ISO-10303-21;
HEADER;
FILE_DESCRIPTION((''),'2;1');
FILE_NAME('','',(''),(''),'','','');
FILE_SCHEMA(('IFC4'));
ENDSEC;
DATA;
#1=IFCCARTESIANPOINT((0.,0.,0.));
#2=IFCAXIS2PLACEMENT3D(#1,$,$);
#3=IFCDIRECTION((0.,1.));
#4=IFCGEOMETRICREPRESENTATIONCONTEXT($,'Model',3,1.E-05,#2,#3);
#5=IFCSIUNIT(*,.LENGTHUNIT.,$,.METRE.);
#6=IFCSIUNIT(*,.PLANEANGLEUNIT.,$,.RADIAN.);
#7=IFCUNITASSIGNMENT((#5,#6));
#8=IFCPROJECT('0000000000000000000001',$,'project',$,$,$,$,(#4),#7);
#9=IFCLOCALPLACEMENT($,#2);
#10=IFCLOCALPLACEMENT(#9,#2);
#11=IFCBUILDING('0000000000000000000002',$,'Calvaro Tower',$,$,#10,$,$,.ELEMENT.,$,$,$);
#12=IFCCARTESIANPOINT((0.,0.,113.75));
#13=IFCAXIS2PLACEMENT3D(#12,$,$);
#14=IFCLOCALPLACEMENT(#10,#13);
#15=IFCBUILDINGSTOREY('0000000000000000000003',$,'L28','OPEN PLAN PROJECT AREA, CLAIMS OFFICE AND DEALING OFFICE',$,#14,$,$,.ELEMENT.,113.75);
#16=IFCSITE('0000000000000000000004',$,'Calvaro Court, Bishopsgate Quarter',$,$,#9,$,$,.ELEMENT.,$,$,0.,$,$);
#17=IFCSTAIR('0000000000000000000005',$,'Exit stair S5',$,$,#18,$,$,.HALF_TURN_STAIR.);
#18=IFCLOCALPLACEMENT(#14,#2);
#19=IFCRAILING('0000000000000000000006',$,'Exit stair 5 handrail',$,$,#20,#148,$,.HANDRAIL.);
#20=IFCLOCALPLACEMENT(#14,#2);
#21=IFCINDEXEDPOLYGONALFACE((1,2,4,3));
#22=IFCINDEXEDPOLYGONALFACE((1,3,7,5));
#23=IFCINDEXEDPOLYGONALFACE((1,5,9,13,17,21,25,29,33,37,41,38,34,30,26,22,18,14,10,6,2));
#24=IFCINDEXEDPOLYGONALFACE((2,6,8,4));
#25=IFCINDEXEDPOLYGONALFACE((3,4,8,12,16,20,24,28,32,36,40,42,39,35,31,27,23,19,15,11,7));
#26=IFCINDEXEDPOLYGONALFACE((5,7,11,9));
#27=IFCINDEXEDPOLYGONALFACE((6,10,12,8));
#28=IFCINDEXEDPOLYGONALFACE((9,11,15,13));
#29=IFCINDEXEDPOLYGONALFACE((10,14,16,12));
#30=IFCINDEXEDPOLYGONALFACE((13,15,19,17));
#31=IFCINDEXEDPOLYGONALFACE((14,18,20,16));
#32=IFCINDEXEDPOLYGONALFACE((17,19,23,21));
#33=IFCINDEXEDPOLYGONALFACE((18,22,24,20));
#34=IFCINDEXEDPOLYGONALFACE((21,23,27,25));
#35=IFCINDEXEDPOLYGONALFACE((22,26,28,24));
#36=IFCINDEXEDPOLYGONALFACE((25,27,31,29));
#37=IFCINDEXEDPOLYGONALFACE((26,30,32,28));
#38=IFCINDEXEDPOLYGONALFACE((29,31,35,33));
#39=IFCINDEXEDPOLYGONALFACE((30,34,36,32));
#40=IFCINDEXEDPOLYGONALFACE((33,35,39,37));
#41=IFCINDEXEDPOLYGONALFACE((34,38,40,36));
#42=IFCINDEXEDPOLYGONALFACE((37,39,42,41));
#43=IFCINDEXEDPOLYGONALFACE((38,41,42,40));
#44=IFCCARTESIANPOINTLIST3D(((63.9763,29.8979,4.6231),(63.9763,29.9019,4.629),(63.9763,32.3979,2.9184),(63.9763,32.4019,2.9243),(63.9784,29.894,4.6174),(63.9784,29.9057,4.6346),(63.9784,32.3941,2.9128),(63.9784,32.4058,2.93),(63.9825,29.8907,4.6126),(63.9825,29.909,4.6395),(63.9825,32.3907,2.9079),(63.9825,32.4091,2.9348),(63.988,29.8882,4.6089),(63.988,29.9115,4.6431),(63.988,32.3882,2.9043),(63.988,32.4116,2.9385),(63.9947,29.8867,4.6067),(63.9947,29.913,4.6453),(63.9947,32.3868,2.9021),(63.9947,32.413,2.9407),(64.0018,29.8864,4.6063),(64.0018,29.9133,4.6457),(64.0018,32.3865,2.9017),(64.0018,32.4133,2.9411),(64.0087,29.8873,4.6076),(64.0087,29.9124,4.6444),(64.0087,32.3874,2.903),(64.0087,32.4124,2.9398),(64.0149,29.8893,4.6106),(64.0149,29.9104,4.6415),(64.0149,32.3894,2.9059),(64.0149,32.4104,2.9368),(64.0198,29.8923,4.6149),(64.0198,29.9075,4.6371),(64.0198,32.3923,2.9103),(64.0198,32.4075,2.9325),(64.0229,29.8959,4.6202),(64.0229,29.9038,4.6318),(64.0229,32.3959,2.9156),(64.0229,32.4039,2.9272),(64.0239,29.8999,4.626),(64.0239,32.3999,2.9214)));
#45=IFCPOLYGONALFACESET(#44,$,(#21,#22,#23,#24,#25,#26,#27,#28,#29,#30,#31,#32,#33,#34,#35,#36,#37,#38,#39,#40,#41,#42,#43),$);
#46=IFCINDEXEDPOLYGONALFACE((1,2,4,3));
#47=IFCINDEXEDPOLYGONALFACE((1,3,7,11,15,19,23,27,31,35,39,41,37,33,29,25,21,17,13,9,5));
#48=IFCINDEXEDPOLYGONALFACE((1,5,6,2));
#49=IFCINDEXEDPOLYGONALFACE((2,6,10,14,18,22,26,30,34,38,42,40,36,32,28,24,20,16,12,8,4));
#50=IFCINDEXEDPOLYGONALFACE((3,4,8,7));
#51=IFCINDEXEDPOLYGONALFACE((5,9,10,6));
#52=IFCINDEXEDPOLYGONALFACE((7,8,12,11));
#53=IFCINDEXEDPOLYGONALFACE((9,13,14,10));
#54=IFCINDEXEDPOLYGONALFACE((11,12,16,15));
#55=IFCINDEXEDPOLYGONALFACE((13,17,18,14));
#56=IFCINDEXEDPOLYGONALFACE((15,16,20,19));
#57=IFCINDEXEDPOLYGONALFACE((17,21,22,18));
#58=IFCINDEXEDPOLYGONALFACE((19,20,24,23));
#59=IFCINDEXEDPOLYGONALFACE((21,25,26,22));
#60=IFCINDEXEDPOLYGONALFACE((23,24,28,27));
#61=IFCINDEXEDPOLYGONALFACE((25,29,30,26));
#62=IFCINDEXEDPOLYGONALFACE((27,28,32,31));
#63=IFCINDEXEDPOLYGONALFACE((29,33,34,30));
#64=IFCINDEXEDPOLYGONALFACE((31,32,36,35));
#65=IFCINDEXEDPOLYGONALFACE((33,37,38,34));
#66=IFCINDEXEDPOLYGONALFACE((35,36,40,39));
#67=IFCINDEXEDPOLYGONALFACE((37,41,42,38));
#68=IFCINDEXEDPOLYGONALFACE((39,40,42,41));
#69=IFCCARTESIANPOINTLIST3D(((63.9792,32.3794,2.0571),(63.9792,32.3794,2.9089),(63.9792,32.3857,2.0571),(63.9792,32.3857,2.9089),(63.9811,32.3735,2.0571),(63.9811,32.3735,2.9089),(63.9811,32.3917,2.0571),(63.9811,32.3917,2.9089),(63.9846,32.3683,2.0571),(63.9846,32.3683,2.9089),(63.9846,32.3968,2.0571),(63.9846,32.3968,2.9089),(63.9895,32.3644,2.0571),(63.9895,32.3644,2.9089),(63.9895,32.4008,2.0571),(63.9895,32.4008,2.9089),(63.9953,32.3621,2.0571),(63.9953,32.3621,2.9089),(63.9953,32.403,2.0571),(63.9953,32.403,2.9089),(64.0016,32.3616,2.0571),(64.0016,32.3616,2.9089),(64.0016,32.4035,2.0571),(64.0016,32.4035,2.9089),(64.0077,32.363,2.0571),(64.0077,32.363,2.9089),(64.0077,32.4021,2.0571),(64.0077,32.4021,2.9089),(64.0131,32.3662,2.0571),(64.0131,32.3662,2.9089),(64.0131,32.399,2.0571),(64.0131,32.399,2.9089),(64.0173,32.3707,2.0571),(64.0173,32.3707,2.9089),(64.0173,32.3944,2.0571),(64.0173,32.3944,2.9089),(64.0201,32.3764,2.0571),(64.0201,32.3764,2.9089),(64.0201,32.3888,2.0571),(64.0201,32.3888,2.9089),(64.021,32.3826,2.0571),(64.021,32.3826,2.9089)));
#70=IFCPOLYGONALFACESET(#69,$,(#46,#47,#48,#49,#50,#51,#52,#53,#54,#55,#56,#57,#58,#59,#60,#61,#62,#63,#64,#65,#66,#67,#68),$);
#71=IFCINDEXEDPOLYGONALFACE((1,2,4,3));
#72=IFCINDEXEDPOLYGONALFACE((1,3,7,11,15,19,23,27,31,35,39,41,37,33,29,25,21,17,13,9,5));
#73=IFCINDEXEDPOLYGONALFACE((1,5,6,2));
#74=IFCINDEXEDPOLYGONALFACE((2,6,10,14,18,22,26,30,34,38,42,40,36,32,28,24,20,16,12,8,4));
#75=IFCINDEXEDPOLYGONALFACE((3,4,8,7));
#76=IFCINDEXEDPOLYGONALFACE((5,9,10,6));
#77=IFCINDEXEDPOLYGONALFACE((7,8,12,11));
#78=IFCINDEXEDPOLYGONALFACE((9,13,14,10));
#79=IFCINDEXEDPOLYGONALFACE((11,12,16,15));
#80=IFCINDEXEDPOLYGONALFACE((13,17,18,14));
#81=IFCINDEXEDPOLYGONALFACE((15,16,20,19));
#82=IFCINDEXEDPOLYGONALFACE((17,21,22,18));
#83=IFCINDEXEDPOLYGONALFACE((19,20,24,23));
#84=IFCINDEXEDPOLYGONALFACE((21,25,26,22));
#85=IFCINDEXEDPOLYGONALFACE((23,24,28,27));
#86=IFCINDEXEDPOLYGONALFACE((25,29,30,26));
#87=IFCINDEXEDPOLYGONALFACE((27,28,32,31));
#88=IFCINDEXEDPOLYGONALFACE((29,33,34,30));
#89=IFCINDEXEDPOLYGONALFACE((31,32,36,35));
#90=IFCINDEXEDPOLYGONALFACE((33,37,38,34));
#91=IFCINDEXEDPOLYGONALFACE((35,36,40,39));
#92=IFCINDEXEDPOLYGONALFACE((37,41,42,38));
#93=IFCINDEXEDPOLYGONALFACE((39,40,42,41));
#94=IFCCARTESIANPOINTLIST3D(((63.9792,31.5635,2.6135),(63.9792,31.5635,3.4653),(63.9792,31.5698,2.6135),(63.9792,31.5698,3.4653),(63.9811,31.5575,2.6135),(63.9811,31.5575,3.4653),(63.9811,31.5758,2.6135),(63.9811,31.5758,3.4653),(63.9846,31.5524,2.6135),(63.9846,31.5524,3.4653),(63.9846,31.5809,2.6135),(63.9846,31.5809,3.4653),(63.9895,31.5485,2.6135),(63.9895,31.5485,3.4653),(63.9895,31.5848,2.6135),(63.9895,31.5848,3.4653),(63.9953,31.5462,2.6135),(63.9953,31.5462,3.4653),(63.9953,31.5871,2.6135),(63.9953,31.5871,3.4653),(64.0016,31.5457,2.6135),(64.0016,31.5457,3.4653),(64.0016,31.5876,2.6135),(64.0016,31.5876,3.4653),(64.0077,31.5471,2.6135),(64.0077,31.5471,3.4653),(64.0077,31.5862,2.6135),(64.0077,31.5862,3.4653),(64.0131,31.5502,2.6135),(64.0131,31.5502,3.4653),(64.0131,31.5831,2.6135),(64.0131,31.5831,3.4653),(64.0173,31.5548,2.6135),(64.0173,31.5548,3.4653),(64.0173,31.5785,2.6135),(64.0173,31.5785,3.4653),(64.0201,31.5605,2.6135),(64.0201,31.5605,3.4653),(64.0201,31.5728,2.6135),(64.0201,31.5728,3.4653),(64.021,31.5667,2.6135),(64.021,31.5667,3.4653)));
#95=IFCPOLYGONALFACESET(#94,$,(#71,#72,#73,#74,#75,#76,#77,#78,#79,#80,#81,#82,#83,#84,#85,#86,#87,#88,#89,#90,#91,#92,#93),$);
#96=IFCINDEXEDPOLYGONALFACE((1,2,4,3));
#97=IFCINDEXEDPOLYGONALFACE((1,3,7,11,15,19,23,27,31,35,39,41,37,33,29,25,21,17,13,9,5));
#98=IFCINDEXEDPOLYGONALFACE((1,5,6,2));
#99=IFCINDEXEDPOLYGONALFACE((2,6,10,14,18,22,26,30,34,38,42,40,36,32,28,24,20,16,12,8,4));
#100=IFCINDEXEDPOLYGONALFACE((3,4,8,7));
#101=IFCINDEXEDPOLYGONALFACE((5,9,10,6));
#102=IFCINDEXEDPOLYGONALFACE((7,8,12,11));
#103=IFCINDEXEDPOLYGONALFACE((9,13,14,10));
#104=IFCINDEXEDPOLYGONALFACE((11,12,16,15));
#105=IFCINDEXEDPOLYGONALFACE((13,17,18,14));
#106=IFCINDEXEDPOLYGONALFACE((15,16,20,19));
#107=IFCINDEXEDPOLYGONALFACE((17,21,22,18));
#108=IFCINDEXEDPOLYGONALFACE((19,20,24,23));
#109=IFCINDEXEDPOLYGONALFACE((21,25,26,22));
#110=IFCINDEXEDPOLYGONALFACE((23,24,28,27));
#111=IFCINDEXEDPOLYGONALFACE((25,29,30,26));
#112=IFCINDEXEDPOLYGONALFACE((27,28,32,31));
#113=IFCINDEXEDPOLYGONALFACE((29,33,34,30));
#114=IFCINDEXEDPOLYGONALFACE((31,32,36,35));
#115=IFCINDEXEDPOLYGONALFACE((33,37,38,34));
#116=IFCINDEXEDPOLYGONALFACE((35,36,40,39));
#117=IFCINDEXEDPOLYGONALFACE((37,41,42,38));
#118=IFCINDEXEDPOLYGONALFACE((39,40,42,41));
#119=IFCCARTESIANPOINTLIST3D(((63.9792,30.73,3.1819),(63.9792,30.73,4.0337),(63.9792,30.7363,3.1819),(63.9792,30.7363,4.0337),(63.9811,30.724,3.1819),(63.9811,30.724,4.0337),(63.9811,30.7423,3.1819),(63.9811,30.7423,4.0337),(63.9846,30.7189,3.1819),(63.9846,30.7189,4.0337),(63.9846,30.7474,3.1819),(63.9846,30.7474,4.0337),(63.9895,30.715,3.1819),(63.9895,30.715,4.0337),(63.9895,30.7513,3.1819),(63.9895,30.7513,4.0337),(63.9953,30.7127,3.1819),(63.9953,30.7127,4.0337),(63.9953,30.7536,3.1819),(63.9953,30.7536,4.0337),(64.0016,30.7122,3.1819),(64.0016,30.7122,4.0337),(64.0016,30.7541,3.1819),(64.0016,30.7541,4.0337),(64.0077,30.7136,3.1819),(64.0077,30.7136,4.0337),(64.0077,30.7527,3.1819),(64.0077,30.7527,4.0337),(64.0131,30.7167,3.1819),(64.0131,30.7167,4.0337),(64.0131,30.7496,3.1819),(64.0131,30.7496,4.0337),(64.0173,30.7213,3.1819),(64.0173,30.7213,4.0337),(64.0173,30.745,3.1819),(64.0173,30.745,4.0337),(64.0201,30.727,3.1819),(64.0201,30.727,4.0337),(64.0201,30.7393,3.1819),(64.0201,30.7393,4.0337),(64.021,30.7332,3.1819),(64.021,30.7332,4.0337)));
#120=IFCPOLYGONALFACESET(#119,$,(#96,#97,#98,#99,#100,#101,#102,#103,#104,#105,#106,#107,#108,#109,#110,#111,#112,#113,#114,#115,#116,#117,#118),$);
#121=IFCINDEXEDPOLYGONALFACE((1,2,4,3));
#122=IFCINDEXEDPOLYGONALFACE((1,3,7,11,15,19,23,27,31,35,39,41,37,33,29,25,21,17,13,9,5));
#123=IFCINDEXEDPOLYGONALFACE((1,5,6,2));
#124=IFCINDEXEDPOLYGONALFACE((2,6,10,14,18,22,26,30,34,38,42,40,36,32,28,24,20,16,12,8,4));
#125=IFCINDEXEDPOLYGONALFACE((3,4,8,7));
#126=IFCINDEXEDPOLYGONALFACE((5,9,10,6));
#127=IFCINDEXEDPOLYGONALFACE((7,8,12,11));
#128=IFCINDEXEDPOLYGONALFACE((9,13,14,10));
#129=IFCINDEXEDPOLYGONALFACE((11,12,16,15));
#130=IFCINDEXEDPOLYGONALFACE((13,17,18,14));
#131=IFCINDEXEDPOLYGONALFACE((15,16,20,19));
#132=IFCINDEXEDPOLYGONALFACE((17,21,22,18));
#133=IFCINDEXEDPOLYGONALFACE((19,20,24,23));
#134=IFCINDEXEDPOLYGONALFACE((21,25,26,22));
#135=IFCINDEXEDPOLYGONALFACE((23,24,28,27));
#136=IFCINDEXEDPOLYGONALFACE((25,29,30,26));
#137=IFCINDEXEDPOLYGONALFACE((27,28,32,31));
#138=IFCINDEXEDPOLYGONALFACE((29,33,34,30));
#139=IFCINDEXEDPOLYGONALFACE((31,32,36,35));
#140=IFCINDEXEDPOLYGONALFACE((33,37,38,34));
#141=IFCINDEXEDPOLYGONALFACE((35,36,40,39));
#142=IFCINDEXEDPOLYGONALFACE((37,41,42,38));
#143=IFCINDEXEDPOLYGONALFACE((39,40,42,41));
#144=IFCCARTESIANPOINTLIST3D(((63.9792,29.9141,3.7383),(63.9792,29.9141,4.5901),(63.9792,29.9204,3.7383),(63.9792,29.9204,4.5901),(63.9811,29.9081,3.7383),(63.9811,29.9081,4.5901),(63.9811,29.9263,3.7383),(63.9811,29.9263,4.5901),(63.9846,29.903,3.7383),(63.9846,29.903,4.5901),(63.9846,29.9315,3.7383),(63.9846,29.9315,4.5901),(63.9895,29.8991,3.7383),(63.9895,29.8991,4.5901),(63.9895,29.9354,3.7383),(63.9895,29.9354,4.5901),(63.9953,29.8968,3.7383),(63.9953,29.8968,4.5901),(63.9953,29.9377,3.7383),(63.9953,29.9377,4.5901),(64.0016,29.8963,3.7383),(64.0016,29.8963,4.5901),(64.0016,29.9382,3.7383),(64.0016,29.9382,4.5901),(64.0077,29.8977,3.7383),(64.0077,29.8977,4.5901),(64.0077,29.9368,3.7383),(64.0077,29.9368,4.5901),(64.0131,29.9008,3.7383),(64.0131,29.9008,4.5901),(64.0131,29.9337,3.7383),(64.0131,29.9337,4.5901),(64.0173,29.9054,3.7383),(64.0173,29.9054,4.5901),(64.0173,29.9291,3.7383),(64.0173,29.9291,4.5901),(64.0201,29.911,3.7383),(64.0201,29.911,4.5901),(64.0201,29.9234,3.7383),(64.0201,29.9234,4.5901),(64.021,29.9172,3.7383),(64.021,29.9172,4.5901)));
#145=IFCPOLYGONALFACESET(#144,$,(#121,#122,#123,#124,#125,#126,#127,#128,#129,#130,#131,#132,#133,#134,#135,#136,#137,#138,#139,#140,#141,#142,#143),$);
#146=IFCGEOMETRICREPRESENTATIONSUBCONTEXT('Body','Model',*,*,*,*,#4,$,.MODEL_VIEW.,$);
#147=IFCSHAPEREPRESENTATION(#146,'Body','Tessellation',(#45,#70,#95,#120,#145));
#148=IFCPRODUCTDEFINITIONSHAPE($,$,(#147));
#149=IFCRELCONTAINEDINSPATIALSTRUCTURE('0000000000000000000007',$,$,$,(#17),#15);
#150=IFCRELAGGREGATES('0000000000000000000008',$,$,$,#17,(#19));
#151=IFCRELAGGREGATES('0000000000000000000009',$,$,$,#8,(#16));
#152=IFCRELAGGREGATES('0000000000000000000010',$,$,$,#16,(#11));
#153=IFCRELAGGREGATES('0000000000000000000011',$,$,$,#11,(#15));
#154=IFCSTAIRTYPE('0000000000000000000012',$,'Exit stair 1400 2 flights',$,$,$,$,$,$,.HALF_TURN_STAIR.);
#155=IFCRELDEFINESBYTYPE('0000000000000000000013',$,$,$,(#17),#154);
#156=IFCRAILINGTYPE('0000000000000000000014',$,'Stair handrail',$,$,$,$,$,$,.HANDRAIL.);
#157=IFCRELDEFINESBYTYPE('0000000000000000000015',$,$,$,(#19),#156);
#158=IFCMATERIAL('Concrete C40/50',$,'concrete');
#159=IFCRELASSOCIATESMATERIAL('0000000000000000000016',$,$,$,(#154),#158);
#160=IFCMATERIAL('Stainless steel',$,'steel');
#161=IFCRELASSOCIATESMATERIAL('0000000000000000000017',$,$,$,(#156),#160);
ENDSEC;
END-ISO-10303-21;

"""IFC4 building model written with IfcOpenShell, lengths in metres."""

from ifc_helpers import new_model, si_unit, direction, frame, origin, origin_2d, place, context, subcontext, project, spatial, circle, extrude, material, type_object, element, aggregate, save


model = new_model("IFC4")

# Units and contexts
model_context = context("Model", 3, precision=1e-05, world=origin(), true_north=direction((0.0, 1.0)))
body_context = subcontext(model_context, "Body", "Model", "MODEL_VIEW")
ifc_project = project(units=[si_unit("LENGTHUNIT", "METRE"), si_unit("PLANEANGLEUNIT", "RADIAN")], contexts=[model_context])

# Site, building, storey
site_placement = place(None, origin())
site = spatial("IfcSite", under=ifc_project, at=site_placement, Name="Calvaro Court, Bishopsgate Quarter", CompositionType="ELEMENT", RefElevation=0.0)
building_placement = place(site_placement, origin())
building = spatial("IfcBuilding", under=site, at=building_placement, Name="Calvaro Tower", CompositionType="ELEMENT")
storey_placement = place(building_placement, frame((0.0, 0.0, 113.75)))
storey = spatial("IfcBuildingStorey", under=building, at=storey_placement, Name="L28", Description="OPEN PLAN PROJECT AREA, CLAIMS OFFICE AND DEALING OFFICE", CompositionType="ELEMENT", Elevation=113.75)

# Stair
ifc_material_1 = material(Name="Concrete C40/50", Category="concrete")
stair_type = type_object("IfcStairType", Name="Exit stair 1400 2 flights", PredefinedType="HALF_TURN_STAIR", material=ifc_material_1)
stair_1_placement = place(storey_placement, origin())
stair_1 = element("IfcStair", 1, at=stair_1_placement, inside=storey, type_object=stair_type, Name="Exit stair S5", PredefinedType="HALF_TURN_STAIR")

# Shared definitions
ifc_material_2 = material(Name="Stainless steel", Category="steel")
railing_type = type_object("IfcRailingType", Name="Stair handrail", PredefinedType="HANDRAIL", material=ifc_material_2)

# Railing
railing_1_placement = place(storey_placement, frame((64.0, 32.3999, 2.0454)))
railing_1 = element("IfcRailing", 2, at=railing_1_placement, type_object=railing_type, Name="Exit stair 5 handrail", PredefinedType="HANDRAIL", context=body_context, shape_type="SweptSolid", body=[
    extrude(circle(Radius=0.0239, at=origin_2d()), frame((0.0, 0.0, 0.876), z_axis=(0.0, -0.826221, 0.563347), x_axis=(1.0, 0.0, 0.0)), (0.0, 0.0, 1.0), 3.0259),
    extrude(circle(Radius=0.021, at=origin_2d()), frame((0.0, -0.0173, 0.0117)), (0.0, 0.0, 1.0), 0.8518),
    extrude(circle(Radius=0.021, at=origin_2d()), frame((0.0, -0.8333, 0.5681)), (0.0, 0.0, 1.0), 0.8518),
    extrude(circle(Radius=0.021, at=origin_2d()), frame((0.0, -1.6667, 1.1365)), (0.0, 0.0, 1.0), 0.8518),
    extrude(circle(Radius=0.021, at=origin_2d()), frame((0.0, -2.4827, 1.6929)), (0.0, 0.0, 1.0), 0.8518),
])
aggregate(stair_1, [railing_1])

save(model, "model.ifc")
